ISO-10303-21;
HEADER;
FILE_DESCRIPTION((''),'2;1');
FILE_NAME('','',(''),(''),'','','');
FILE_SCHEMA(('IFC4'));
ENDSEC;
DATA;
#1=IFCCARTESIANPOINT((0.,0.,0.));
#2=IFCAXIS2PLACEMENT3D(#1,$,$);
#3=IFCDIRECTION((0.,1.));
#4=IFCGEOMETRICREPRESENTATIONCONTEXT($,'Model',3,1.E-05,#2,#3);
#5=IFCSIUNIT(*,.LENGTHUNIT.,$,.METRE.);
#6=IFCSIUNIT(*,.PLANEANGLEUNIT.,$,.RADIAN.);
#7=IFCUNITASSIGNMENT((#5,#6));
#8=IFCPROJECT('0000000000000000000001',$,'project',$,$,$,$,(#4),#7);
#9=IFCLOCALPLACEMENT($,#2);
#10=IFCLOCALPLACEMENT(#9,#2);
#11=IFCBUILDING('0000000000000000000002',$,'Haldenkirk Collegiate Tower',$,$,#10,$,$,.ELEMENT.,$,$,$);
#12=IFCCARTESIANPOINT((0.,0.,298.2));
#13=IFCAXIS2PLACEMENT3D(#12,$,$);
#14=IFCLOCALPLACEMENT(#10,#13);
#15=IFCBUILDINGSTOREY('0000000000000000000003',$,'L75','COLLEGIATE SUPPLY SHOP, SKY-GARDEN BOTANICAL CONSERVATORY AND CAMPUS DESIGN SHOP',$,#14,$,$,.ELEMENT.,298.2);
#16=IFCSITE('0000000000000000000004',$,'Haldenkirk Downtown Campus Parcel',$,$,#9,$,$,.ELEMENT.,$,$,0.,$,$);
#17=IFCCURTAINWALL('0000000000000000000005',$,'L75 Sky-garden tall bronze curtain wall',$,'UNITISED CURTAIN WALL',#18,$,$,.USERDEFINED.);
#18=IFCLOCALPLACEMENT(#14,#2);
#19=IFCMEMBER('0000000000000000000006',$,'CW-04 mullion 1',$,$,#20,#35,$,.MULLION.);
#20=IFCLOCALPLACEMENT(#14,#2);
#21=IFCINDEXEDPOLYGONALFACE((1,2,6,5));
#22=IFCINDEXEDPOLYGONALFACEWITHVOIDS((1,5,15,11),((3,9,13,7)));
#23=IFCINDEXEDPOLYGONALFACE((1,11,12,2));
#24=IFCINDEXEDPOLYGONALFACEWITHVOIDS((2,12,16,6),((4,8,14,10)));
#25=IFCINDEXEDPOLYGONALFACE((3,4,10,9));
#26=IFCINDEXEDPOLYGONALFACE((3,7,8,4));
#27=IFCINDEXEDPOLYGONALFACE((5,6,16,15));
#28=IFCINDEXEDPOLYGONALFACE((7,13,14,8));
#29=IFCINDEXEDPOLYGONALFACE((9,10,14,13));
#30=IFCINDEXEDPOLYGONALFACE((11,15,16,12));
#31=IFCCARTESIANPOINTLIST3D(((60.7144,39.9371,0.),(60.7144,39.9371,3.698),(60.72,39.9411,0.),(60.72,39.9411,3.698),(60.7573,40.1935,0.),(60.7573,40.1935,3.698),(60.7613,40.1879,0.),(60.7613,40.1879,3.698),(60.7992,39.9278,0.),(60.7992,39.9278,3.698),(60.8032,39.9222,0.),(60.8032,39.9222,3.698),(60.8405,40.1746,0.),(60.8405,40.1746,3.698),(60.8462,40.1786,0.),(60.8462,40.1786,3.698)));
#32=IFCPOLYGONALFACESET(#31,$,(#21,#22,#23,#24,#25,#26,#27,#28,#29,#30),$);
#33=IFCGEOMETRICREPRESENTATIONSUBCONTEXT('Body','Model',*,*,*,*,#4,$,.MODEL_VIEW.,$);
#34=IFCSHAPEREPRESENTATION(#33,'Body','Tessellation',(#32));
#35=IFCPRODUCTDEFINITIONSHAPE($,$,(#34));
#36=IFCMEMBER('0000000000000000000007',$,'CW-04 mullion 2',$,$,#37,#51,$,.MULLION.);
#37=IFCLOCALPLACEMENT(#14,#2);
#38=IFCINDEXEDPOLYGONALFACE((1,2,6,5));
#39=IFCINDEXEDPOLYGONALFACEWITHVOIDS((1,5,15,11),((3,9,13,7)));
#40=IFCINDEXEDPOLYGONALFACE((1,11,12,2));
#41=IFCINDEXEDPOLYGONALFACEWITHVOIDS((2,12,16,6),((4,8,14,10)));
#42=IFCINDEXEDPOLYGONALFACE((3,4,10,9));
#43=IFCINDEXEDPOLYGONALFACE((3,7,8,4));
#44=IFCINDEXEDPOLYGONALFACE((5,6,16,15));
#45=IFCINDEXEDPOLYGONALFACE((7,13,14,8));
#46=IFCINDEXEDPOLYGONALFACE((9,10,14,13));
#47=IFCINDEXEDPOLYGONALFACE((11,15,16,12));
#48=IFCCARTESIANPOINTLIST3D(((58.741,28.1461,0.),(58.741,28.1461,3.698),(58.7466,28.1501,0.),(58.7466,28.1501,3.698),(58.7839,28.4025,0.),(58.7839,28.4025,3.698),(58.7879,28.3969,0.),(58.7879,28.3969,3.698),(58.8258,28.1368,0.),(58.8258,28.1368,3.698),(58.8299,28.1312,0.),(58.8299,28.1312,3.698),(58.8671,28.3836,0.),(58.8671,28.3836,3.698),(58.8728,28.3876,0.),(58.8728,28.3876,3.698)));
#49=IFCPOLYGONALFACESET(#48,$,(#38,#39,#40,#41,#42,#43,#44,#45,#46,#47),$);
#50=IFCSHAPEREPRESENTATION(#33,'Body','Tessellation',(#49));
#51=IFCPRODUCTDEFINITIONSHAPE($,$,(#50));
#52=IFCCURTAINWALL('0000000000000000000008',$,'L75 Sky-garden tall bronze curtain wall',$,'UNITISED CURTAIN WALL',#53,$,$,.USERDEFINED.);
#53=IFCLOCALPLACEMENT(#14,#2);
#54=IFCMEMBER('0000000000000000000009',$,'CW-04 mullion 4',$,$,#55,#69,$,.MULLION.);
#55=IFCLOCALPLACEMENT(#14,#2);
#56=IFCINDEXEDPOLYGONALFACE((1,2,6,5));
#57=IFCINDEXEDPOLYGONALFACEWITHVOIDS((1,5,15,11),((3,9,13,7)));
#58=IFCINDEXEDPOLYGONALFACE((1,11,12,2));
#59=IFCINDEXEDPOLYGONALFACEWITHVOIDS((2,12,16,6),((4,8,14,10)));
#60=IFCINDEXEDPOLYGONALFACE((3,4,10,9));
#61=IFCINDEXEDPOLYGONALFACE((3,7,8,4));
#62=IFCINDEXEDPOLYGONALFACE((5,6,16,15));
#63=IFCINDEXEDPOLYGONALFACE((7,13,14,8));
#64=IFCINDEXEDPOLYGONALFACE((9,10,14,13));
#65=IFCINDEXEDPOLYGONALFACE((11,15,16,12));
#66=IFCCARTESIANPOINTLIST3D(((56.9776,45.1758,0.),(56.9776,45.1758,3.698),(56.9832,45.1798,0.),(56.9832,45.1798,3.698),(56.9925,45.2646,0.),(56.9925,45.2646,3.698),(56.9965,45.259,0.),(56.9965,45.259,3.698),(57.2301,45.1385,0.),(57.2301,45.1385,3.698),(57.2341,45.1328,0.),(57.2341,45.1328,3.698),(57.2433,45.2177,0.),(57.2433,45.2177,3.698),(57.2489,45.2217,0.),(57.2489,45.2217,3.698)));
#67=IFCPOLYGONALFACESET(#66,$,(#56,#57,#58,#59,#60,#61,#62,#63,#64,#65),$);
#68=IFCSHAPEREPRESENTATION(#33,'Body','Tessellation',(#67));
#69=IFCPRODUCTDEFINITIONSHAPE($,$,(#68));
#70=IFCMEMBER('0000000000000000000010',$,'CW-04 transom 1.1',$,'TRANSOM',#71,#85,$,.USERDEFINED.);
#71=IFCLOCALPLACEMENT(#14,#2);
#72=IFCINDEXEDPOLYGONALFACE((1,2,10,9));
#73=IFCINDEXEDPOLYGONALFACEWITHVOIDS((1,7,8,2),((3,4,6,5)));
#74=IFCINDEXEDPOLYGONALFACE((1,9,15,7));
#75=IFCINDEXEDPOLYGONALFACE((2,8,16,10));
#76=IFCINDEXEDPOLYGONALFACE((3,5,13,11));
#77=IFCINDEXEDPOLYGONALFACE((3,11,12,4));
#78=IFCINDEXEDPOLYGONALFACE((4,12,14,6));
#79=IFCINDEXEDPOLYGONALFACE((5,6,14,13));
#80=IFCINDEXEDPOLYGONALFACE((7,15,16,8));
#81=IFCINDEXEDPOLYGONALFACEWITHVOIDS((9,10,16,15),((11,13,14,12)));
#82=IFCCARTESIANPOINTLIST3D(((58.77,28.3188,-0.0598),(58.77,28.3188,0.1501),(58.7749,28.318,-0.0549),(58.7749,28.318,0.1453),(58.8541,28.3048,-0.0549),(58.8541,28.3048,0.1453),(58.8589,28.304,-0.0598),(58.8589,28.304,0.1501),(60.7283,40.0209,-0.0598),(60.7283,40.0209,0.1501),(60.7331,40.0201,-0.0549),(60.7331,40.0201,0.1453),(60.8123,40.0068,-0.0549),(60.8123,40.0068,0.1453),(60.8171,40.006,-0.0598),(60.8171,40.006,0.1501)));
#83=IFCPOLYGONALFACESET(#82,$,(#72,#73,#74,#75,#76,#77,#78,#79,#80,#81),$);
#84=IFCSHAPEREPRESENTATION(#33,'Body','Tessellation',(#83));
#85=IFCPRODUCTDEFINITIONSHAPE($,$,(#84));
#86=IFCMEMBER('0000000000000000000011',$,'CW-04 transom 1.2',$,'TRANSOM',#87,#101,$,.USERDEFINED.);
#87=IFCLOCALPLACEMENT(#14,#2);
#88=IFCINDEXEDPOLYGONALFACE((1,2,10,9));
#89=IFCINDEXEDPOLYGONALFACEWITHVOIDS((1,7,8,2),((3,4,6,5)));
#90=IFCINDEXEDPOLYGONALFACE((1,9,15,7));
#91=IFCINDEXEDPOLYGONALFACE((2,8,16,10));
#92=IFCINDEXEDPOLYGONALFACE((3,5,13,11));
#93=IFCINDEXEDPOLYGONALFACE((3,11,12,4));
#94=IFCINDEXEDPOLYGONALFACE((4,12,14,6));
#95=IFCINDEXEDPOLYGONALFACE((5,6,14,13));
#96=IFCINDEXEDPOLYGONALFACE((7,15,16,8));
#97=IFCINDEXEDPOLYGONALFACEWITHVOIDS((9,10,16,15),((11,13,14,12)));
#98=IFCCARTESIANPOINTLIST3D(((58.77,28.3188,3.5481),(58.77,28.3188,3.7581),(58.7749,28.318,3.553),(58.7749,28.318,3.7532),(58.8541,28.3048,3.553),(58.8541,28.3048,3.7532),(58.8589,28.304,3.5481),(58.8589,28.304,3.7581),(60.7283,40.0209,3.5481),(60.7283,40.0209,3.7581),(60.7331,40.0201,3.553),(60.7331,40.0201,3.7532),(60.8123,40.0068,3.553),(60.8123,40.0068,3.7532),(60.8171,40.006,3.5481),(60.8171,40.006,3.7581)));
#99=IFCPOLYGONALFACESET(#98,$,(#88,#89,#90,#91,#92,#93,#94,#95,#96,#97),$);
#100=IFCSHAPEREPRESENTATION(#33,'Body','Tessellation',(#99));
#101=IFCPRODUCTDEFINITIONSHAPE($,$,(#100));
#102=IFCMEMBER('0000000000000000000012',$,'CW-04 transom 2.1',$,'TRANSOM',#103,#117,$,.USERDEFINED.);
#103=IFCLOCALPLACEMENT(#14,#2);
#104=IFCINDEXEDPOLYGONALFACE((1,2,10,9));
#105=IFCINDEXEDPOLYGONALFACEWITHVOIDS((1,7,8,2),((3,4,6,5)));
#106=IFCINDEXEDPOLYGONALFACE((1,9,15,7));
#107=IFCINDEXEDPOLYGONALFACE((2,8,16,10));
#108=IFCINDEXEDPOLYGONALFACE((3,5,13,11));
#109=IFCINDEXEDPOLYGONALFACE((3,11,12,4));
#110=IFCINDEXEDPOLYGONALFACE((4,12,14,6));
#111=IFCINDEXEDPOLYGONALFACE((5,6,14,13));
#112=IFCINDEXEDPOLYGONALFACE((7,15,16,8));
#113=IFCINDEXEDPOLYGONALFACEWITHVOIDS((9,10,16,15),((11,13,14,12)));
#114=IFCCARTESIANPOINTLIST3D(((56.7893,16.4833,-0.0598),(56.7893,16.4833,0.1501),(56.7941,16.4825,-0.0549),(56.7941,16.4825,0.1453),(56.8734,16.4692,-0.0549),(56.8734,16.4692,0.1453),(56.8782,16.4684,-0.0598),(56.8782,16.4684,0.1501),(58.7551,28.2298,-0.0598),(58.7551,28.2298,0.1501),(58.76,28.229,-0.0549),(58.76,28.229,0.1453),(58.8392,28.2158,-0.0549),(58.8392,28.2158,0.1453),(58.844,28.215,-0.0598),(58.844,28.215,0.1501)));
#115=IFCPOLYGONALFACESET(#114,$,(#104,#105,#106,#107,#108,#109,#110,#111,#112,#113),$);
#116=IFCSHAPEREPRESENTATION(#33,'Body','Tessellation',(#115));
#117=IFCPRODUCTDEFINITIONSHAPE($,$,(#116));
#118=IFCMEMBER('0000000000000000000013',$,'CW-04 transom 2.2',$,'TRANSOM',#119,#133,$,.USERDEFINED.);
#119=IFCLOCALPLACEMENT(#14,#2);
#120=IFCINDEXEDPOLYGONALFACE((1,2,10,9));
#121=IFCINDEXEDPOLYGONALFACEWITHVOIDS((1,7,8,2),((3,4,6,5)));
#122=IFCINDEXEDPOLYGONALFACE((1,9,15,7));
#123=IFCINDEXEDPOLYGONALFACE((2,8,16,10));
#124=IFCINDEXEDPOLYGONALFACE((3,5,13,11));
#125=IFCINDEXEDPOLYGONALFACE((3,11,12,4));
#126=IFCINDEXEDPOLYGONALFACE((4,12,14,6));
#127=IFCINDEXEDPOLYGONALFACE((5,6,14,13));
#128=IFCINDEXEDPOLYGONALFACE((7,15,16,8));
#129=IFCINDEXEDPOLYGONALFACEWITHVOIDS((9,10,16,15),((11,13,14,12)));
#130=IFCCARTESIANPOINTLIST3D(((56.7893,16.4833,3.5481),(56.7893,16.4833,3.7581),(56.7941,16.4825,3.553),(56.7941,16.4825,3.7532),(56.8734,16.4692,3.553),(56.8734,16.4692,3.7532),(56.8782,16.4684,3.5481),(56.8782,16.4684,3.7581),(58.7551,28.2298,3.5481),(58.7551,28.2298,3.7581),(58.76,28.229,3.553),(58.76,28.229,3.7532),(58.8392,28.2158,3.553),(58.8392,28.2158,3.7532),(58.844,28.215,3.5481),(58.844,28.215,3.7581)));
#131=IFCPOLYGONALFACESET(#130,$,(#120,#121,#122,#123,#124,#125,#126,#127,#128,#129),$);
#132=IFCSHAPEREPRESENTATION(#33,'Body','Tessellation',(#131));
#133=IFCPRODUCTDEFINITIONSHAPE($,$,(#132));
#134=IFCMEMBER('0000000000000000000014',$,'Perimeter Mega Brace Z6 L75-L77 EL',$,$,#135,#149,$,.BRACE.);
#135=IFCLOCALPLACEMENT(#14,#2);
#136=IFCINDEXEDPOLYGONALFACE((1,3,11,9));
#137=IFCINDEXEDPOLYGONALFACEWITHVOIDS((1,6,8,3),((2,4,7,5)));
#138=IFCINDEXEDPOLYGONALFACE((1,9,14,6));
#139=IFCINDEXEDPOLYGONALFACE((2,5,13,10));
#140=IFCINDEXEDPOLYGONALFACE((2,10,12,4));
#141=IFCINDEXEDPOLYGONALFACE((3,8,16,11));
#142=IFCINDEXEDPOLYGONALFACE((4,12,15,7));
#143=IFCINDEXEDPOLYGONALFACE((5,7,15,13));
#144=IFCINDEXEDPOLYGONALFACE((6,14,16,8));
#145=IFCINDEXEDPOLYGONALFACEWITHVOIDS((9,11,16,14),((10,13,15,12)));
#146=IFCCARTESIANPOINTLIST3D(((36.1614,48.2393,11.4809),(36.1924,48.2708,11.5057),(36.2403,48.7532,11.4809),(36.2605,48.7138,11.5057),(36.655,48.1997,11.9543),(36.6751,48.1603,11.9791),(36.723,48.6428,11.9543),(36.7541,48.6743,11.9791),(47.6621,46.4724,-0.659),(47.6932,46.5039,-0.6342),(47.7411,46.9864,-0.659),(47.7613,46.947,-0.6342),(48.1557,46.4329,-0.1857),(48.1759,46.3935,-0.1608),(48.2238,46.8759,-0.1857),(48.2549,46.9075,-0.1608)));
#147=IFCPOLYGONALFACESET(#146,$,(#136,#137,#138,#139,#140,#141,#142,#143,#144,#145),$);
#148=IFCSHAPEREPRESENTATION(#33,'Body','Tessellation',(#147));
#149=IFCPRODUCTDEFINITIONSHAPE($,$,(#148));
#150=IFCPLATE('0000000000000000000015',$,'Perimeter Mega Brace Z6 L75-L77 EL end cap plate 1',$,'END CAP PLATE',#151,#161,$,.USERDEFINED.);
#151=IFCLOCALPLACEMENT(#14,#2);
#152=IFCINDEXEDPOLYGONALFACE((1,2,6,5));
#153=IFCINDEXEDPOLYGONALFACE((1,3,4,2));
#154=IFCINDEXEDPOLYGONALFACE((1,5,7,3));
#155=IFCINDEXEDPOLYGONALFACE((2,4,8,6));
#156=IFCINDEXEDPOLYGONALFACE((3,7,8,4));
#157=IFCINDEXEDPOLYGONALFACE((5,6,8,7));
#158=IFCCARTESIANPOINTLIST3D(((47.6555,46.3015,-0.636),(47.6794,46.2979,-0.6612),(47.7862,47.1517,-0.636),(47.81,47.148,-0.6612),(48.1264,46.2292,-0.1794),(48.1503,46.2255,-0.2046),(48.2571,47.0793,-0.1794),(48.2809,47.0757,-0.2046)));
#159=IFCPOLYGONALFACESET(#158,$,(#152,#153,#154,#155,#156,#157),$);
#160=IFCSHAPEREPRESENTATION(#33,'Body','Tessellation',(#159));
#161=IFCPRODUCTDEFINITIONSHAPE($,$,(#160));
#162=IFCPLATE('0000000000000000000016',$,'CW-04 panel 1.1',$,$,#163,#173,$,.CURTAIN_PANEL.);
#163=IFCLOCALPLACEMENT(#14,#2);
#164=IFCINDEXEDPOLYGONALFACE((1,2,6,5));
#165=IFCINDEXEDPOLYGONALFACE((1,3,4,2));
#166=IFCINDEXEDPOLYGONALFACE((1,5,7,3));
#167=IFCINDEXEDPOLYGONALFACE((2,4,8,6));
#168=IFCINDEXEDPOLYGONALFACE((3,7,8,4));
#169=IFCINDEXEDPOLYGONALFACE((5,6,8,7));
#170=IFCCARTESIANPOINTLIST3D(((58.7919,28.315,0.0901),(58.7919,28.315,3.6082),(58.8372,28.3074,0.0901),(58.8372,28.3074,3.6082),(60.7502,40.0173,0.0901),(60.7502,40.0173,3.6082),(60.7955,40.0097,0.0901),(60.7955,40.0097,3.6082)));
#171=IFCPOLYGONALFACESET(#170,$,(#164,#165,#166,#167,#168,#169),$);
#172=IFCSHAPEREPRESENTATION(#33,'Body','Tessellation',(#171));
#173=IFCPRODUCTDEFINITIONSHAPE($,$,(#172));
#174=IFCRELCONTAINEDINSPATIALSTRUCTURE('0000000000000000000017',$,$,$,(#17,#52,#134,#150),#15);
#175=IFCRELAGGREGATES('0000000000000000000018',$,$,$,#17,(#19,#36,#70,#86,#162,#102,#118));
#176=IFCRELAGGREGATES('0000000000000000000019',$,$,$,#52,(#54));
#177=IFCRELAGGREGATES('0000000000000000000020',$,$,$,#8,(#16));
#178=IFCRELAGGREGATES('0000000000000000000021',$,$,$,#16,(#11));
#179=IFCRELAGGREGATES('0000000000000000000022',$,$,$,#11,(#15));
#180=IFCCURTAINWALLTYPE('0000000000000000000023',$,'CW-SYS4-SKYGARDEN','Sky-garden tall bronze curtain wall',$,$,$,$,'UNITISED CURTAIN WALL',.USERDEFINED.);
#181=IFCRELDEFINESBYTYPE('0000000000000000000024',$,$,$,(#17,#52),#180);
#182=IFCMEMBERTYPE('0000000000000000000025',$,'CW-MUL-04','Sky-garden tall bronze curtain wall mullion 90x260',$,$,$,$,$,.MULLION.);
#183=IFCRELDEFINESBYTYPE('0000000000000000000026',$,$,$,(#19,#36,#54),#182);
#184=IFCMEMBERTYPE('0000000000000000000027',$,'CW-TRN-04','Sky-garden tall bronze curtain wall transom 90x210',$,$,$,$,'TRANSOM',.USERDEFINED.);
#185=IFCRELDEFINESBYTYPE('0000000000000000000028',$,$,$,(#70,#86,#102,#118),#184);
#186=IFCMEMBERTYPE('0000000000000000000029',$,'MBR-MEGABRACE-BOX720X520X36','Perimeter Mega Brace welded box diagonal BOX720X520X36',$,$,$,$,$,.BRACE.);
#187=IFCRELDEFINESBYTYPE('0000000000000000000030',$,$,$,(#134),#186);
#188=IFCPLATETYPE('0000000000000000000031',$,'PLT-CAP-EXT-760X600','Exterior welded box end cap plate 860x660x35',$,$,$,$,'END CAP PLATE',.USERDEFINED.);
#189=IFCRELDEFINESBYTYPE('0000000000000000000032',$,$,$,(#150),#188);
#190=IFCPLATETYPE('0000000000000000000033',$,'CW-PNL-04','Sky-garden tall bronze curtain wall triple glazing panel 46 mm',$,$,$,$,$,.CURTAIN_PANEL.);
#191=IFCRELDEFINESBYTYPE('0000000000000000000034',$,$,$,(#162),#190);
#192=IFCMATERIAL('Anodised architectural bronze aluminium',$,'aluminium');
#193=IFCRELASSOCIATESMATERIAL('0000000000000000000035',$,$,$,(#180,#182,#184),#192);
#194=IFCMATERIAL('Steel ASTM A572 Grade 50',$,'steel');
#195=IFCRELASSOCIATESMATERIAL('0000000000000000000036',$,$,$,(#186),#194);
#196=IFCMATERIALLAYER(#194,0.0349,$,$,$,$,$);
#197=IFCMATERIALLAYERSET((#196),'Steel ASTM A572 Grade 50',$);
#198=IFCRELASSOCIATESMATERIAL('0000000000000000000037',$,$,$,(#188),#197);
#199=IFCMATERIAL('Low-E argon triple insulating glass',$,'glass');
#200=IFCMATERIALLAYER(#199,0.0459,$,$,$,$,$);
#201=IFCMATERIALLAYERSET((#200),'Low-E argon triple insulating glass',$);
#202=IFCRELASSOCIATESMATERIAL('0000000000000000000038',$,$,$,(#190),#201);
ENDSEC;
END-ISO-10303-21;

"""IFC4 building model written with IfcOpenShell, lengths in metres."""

from ifc_helpers import new_model, si_unit, direction, frame, origin, origin_2d, place, context, subcontext, project, spatial, rectangle, hollow_rectangle, extrude, source, transform, mapped, material, layer, layer_set, material_profile, profile_set, type_object, element, aggregate, save


model = new_model("IFC4")

# Units and contexts
model_context = context("Model", 3, precision=1e-05, world=origin(), true_north=direction((0.0, 1.0)))
body_context = subcontext(model_context, "Body", "Model", "MODEL_VIEW")
ifc_project = project(units=[si_unit("LENGTHUNIT", "METRE"), si_unit("PLANEANGLEUNIT", "RADIAN")], contexts=[model_context])

# Site, building, storey
site_placement = place(None, origin())
site = spatial("IfcSite", under=ifc_project, at=site_placement, Name="Haldenkirk Downtown Campus Parcel", CompositionType="ELEMENT", RefElevation=0.0)
building_placement = place(site_placement, origin())
building = spatial("IfcBuilding", under=site, at=building_placement, Name="Haldenkirk Collegiate Tower", CompositionType="ELEMENT")
storey_placement = place(building_placement, frame((0.0, 0.0, 298.2)))
storey = spatial("IfcBuildingStorey", under=building, at=storey_placement, Name="L75", Description="COLLEGIATE SUPPLY SHOP, SKY-GARDEN BOTANICAL CONSERVATORY AND CAMPUS DESIGN SHOP", CompositionType="ELEMENT", Elevation=298.2)

# Shared definitions
ifc_material_1 = material(Name="Steel ASTM A572 Grade 50", Category="steel")

# Curtain wall, members
ifc_material_2 = material(Name="Anodised architectural bronze aluminium", Category="aluminium")
curtain_wall_type = type_object("IfcCurtainWallType", Name="CW-SYS4-SKYGARDEN", Description="Sky-garden tall bronze curtain wall", ElementType="UNITISED CURTAIN WALL", PredefinedType="USERDEFINED", material=ifc_material_2)
curtain_wall_1_placement = place(storey_placement, origin())
curtain_wall_1 = element("IfcCurtainWall", 1, at=curtain_wall_1_placement, inside=storey, type_object=curtain_wall_type, Name="L75 Sky-garden tall bronze curtain wall", ObjectType="UNITISED CURTAIN WALL", PredefinedType="USERDEFINED")
ifc_material_profile_1 = material_profile(ifc_material_2, hollow_rectangle(XDim=0.0901, YDim=0.26, WallThickness=0.0049, at=origin_2d()), Name="CW-MUL-04")
ifc_profile_set_1 = profile_set([ifc_material_profile_1], Name="Anodised architectural bronze aluminium")
member_type_1 = type_object("IfcMemberType", Name="CW-MUL-04", Description="Sky-garden tall bronze curtain wall mullion 90x260", PredefinedType="MULLION", material=ifc_profile_set_1)
member_1_placement = place(storey_placement, frame((60.7803, 40.0579, 0.0), z_axis=(0.0, 0.0, 1.0), x_axis=(0.986285, -0.16505, 0.0)))
member_1 = element("IfcMember", 2, at=member_1_placement, type_object=member_type_1, Name="CW-04 mullion 1", PredefinedType="MULLION", context=body_context, shape_type="SweptSolid", body=[
    extrude(hollow_rectangle(XDim=0.0901, YDim=0.26, WallThickness=0.0049, at=origin_2d()), origin(), (0.0, 0.0, 1.0), 3.698),
])
member_2_placement = place(storey_placement, frame((58.8069, 28.2668, 0.0), z_axis=(0.0, 0.0, 1.0), x_axis=(0.986285, -0.16505, 0.0)))
member_2 = element("IfcMember", 3, at=member_2_placement, type_object=member_type_1, Name="CW-04 mullion 2", PredefinedType="MULLION", context=body_context, shape_type="SweptSolid", body=[
    extrude(hollow_rectangle(XDim=0.0901, YDim=0.26, WallThickness=0.0049, at=origin_2d()), origin(), (0.0, 0.0, 1.0), 3.698),
])

# Curtain wall, member
curtain_wall_2_placement = place(storey_placement, origin())
curtain_wall_2 = element("IfcCurtainWall", 4, at=curtain_wall_2_placement, inside=storey, type_object=curtain_wall_type, Name="L75 Sky-garden tall bronze curtain wall", ObjectType="UNITISED CURTAIN WALL", PredefinedType="USERDEFINED")
member_3_placement = place(storey_placement, frame((57.1133, 45.1987, 0.0), z_axis=(0.0, 0.0, 1.0), x_axis=(0.165049, 0.986285, 0.0)))
member_3 = element("IfcMember", 5, at=member_3_placement, type_object=member_type_1, Name="CW-04 mullion 4", PredefinedType="MULLION", context=body_context, shape_type="SweptSolid", body=[
    extrude(hollow_rectangle(XDim=0.0901, YDim=0.26, WallThickness=0.0049, at=origin_2d()), origin(), (0.0, 0.0, 1.0), 3.698),
])

# Members
ifc_material_profile_2 = material_profile(ifc_material_2, hollow_rectangle(XDim=0.0901, YDim=0.21, WallThickness=0.0049, at=origin_2d()), Name="CW-TRN-04")
ifc_profile_set_2 = profile_set([ifc_material_profile_2], Name="Anodised architectural bronze aluminium")
member_type_2 = type_object("IfcMemberType", Name="CW-TRN-04", Description="Sky-garden tall bronze curtain wall transom 90x210", ElementType="TRANSOM", PredefinedType="USERDEFINED", material=ifc_profile_set_2)
member_4_placement = place(storey_placement, frame((60.7727, 40.0134, 0.0452), z_axis=(-0.165046, -0.986286, 0.0), x_axis=(0.986286, -0.165046, 0.0)))
member_4 = element("IfcMember", 6, at=member_4_placement, type_object=member_type_2, Name="CW-04 transom 1.1", ObjectType="TRANSOM", PredefinedType="USERDEFINED", context=body_context, shape_type="SweptSolid", body=[
    extrude(hollow_rectangle(XDim=0.0901, YDim=0.21, WallThickness=0.0049, at=origin_2d()), origin(), (0.0, 0.0, 1.0), 11.8647),
])
member_5_placement = place(storey_placement, frame((60.7727, 40.0134, 3.6531), z_axis=(-0.165046, -0.986286, 0.0), x_axis=(0.986286, -0.165046, 0.0)))
member_5 = element("IfcMember", 7, at=member_5_placement, type_object=member_type_2, Name="CW-04 transom 1.2", ObjectType="TRANSOM", PredefinedType="USERDEFINED", context=body_context, shape_type="SweptSolid", body=[
    extrude(hollow_rectangle(XDim=0.0901, YDim=0.21, WallThickness=0.0049, at=origin_2d()), origin(), (0.0, 0.0, 1.0), 11.8647),
])
member_6_placement = place(storey_placement, frame((58.7996, 28.2224, 0.0452), z_axis=(-0.165057, -0.986284, 0.0), x_axis=(0.986284, -0.165057, 0.0)))
member_6 = element("IfcMember", 8, at=member_6_placement, type_object=member_type_2, Name="CW-04 transom 2.1", ObjectType="TRANSOM", PredefinedType="USERDEFINED", context=body_context, shape_type="SweptSolid", body=[
    extrude(hollow_rectangle(XDim=0.0901, YDim=0.21, WallThickness=0.0049, at=origin_2d()), origin(), (0.0, 0.0, 1.0), 11.9099),
])
member_7_placement = place(storey_placement, frame((58.7996, 28.2224, 3.6531), z_axis=(-0.165057, -0.986284, 0.0), x_axis=(0.986284, -0.165057, 0.0)))
member_7 = element("IfcMember", 9, at=member_7_placement, type_object=member_type_2, Name="CW-04 transom 2.2", ObjectType="TRANSOM", PredefinedType="USERDEFINED", context=body_context, shape_type="SweptSolid", body=[
    extrude(hollow_rectangle(XDim=0.0901, YDim=0.21, WallThickness=0.0049, at=origin_2d()), origin(), (0.0, 0.0, 1.0), 11.9099),
])
ifc_material_profile_3 = material_profile(ifc_material_1, hollow_rectangle(XDim=0.52, YDim=0.72, WallThickness=0.0359, at=origin_2d()), Name="BOX720X520X36")
ifc_profile_set_3 = profile_set([ifc_material_profile_3], Name="Steel ASTM A572 Grade 50")
member_type_3 = type_object("IfcMemberType", Name="MBR-MEGABRACE-BOX720X520X36", Description="Perimeter Mega Brace welded box diagonal BOX720X520X36", PredefinedType="BRACE", material=ifc_profile_set_3)
member_8_placement = place(storey_placement, frame((47.9585, 46.6899, -0.4099), z_axis=(-0.683931, 0.105072, 0.721941), x_axis=(-0.151847, -0.988404, 0.0)))
element("IfcMember", 10, at=member_8_placement, inside=storey, type_object=member_type_3, Name="Perimeter Mega Brace Z6 L75-L77 EL", PredefinedType="BRACE", context=body_context, shape_type="SweptSolid", body=[
    extrude(hollow_rectangle(XDim=0.52, YDim=0.72, WallThickness=0.0359, at=origin_2d()), origin(), (0.0, 0.0, 1.0), 16.8157),
])

# Plates
ifc_layer_1 = layer(ifc_material_1, 0.0349)
ifc_layer_set_1 = layer_set([ifc_layer_1], Name="Steel ASTM A572 Grade 50")
plate_type_1 = type_object("IfcPlateType", Name="PLT-CAP-EXT-760X600", Description="Exterior welded box end cap plate 860x660x35", ElementType="END CAP PLATE", PredefinedType="USERDEFINED", material=ifc_layer_set_1)
shared_shape_1 = source(origin(), body_context, "Body", "SweptSolid", [
    extrude(rectangle(XDim=0.8601, YDim=0.6599, at=origin_2d()), origin(), (0.0, 0.0, 1.0), 0.0349),
])
plate_1_placement = place(storey_placement, frame((47.9563, 46.6904, -0.4077), z_axis=(0.683926, -0.105074, -0.721945), x_axis=(0.151852, 0.988403, 0.0)))
element("IfcPlate", 11, at=plate_1_placement, inside=storey, type_object=plate_type_1, Name="Perimeter Mega Brace Z6 L75-L77 EL end cap plate 1", ObjectType="END CAP PLATE", PredefinedType="USERDEFINED", context=body_context, shape_type="MappedRepresentation", body=[
    mapped(shared_shape_1, transform((0.0, 0.0, 0.0), x_axis=(1.0, 0.0, 0.0), y_axis=(0.0, 1.0, 0.0), z_axis=(0.0, 0.0, 1.0), scale=1.0)),
])
ifc_material_3 = material(Name="Low-E argon triple insulating glass", Category="glass")
ifc_layer_2 = layer(ifc_material_3, 0.0459)
ifc_layer_set_2 = layer_set([ifc_layer_2], Name="Low-E argon triple insulating glass")
plate_type_2 = type_object("IfcPlateType", Name="CW-PNL-04", Description="Sky-garden tall bronze curtain wall triple glazing panel 46 mm", PredefinedType="CURTAIN_PANEL", material=ifc_layer_set_2)
shared_shape_2 = source(origin(), body_context, "Body", "SweptSolid", [
    extrude(rectangle(XDim=11.865, YDim=0.0459, at=origin_2d()), origin(), (0.0, 0.0, 1.0), 3.5181),
])
plate_2_placement = place(storey_placement, frame((59.7937, 34.1624, 0.0901), z_axis=(0.0, 0.0, 1.0), x_axis=(-0.16505, -0.986285, 0.0)))
plate_2 = element("IfcPlate", 12, at=plate_2_placement, type_object=plate_type_2, Name="CW-04 panel 1.1", PredefinedType="CURTAIN_PANEL", context=body_context, shape_type="MappedRepresentation", body=[
    mapped(shared_shape_2, transform((0.0, 0.0, 0.0), x_axis=(1.0, 0.0, 0.0), y_axis=(0.0, 1.0, 0.0), z_axis=(0.0, 0.0, 1.0), scale=1.0)),
])
aggregate(curtain_wall_1, [member_1, member_2, member_4, member_5, plate_2, member_6, member_7])
aggregate(curtain_wall_2, [member_3])

save(model, "model.ifc")
